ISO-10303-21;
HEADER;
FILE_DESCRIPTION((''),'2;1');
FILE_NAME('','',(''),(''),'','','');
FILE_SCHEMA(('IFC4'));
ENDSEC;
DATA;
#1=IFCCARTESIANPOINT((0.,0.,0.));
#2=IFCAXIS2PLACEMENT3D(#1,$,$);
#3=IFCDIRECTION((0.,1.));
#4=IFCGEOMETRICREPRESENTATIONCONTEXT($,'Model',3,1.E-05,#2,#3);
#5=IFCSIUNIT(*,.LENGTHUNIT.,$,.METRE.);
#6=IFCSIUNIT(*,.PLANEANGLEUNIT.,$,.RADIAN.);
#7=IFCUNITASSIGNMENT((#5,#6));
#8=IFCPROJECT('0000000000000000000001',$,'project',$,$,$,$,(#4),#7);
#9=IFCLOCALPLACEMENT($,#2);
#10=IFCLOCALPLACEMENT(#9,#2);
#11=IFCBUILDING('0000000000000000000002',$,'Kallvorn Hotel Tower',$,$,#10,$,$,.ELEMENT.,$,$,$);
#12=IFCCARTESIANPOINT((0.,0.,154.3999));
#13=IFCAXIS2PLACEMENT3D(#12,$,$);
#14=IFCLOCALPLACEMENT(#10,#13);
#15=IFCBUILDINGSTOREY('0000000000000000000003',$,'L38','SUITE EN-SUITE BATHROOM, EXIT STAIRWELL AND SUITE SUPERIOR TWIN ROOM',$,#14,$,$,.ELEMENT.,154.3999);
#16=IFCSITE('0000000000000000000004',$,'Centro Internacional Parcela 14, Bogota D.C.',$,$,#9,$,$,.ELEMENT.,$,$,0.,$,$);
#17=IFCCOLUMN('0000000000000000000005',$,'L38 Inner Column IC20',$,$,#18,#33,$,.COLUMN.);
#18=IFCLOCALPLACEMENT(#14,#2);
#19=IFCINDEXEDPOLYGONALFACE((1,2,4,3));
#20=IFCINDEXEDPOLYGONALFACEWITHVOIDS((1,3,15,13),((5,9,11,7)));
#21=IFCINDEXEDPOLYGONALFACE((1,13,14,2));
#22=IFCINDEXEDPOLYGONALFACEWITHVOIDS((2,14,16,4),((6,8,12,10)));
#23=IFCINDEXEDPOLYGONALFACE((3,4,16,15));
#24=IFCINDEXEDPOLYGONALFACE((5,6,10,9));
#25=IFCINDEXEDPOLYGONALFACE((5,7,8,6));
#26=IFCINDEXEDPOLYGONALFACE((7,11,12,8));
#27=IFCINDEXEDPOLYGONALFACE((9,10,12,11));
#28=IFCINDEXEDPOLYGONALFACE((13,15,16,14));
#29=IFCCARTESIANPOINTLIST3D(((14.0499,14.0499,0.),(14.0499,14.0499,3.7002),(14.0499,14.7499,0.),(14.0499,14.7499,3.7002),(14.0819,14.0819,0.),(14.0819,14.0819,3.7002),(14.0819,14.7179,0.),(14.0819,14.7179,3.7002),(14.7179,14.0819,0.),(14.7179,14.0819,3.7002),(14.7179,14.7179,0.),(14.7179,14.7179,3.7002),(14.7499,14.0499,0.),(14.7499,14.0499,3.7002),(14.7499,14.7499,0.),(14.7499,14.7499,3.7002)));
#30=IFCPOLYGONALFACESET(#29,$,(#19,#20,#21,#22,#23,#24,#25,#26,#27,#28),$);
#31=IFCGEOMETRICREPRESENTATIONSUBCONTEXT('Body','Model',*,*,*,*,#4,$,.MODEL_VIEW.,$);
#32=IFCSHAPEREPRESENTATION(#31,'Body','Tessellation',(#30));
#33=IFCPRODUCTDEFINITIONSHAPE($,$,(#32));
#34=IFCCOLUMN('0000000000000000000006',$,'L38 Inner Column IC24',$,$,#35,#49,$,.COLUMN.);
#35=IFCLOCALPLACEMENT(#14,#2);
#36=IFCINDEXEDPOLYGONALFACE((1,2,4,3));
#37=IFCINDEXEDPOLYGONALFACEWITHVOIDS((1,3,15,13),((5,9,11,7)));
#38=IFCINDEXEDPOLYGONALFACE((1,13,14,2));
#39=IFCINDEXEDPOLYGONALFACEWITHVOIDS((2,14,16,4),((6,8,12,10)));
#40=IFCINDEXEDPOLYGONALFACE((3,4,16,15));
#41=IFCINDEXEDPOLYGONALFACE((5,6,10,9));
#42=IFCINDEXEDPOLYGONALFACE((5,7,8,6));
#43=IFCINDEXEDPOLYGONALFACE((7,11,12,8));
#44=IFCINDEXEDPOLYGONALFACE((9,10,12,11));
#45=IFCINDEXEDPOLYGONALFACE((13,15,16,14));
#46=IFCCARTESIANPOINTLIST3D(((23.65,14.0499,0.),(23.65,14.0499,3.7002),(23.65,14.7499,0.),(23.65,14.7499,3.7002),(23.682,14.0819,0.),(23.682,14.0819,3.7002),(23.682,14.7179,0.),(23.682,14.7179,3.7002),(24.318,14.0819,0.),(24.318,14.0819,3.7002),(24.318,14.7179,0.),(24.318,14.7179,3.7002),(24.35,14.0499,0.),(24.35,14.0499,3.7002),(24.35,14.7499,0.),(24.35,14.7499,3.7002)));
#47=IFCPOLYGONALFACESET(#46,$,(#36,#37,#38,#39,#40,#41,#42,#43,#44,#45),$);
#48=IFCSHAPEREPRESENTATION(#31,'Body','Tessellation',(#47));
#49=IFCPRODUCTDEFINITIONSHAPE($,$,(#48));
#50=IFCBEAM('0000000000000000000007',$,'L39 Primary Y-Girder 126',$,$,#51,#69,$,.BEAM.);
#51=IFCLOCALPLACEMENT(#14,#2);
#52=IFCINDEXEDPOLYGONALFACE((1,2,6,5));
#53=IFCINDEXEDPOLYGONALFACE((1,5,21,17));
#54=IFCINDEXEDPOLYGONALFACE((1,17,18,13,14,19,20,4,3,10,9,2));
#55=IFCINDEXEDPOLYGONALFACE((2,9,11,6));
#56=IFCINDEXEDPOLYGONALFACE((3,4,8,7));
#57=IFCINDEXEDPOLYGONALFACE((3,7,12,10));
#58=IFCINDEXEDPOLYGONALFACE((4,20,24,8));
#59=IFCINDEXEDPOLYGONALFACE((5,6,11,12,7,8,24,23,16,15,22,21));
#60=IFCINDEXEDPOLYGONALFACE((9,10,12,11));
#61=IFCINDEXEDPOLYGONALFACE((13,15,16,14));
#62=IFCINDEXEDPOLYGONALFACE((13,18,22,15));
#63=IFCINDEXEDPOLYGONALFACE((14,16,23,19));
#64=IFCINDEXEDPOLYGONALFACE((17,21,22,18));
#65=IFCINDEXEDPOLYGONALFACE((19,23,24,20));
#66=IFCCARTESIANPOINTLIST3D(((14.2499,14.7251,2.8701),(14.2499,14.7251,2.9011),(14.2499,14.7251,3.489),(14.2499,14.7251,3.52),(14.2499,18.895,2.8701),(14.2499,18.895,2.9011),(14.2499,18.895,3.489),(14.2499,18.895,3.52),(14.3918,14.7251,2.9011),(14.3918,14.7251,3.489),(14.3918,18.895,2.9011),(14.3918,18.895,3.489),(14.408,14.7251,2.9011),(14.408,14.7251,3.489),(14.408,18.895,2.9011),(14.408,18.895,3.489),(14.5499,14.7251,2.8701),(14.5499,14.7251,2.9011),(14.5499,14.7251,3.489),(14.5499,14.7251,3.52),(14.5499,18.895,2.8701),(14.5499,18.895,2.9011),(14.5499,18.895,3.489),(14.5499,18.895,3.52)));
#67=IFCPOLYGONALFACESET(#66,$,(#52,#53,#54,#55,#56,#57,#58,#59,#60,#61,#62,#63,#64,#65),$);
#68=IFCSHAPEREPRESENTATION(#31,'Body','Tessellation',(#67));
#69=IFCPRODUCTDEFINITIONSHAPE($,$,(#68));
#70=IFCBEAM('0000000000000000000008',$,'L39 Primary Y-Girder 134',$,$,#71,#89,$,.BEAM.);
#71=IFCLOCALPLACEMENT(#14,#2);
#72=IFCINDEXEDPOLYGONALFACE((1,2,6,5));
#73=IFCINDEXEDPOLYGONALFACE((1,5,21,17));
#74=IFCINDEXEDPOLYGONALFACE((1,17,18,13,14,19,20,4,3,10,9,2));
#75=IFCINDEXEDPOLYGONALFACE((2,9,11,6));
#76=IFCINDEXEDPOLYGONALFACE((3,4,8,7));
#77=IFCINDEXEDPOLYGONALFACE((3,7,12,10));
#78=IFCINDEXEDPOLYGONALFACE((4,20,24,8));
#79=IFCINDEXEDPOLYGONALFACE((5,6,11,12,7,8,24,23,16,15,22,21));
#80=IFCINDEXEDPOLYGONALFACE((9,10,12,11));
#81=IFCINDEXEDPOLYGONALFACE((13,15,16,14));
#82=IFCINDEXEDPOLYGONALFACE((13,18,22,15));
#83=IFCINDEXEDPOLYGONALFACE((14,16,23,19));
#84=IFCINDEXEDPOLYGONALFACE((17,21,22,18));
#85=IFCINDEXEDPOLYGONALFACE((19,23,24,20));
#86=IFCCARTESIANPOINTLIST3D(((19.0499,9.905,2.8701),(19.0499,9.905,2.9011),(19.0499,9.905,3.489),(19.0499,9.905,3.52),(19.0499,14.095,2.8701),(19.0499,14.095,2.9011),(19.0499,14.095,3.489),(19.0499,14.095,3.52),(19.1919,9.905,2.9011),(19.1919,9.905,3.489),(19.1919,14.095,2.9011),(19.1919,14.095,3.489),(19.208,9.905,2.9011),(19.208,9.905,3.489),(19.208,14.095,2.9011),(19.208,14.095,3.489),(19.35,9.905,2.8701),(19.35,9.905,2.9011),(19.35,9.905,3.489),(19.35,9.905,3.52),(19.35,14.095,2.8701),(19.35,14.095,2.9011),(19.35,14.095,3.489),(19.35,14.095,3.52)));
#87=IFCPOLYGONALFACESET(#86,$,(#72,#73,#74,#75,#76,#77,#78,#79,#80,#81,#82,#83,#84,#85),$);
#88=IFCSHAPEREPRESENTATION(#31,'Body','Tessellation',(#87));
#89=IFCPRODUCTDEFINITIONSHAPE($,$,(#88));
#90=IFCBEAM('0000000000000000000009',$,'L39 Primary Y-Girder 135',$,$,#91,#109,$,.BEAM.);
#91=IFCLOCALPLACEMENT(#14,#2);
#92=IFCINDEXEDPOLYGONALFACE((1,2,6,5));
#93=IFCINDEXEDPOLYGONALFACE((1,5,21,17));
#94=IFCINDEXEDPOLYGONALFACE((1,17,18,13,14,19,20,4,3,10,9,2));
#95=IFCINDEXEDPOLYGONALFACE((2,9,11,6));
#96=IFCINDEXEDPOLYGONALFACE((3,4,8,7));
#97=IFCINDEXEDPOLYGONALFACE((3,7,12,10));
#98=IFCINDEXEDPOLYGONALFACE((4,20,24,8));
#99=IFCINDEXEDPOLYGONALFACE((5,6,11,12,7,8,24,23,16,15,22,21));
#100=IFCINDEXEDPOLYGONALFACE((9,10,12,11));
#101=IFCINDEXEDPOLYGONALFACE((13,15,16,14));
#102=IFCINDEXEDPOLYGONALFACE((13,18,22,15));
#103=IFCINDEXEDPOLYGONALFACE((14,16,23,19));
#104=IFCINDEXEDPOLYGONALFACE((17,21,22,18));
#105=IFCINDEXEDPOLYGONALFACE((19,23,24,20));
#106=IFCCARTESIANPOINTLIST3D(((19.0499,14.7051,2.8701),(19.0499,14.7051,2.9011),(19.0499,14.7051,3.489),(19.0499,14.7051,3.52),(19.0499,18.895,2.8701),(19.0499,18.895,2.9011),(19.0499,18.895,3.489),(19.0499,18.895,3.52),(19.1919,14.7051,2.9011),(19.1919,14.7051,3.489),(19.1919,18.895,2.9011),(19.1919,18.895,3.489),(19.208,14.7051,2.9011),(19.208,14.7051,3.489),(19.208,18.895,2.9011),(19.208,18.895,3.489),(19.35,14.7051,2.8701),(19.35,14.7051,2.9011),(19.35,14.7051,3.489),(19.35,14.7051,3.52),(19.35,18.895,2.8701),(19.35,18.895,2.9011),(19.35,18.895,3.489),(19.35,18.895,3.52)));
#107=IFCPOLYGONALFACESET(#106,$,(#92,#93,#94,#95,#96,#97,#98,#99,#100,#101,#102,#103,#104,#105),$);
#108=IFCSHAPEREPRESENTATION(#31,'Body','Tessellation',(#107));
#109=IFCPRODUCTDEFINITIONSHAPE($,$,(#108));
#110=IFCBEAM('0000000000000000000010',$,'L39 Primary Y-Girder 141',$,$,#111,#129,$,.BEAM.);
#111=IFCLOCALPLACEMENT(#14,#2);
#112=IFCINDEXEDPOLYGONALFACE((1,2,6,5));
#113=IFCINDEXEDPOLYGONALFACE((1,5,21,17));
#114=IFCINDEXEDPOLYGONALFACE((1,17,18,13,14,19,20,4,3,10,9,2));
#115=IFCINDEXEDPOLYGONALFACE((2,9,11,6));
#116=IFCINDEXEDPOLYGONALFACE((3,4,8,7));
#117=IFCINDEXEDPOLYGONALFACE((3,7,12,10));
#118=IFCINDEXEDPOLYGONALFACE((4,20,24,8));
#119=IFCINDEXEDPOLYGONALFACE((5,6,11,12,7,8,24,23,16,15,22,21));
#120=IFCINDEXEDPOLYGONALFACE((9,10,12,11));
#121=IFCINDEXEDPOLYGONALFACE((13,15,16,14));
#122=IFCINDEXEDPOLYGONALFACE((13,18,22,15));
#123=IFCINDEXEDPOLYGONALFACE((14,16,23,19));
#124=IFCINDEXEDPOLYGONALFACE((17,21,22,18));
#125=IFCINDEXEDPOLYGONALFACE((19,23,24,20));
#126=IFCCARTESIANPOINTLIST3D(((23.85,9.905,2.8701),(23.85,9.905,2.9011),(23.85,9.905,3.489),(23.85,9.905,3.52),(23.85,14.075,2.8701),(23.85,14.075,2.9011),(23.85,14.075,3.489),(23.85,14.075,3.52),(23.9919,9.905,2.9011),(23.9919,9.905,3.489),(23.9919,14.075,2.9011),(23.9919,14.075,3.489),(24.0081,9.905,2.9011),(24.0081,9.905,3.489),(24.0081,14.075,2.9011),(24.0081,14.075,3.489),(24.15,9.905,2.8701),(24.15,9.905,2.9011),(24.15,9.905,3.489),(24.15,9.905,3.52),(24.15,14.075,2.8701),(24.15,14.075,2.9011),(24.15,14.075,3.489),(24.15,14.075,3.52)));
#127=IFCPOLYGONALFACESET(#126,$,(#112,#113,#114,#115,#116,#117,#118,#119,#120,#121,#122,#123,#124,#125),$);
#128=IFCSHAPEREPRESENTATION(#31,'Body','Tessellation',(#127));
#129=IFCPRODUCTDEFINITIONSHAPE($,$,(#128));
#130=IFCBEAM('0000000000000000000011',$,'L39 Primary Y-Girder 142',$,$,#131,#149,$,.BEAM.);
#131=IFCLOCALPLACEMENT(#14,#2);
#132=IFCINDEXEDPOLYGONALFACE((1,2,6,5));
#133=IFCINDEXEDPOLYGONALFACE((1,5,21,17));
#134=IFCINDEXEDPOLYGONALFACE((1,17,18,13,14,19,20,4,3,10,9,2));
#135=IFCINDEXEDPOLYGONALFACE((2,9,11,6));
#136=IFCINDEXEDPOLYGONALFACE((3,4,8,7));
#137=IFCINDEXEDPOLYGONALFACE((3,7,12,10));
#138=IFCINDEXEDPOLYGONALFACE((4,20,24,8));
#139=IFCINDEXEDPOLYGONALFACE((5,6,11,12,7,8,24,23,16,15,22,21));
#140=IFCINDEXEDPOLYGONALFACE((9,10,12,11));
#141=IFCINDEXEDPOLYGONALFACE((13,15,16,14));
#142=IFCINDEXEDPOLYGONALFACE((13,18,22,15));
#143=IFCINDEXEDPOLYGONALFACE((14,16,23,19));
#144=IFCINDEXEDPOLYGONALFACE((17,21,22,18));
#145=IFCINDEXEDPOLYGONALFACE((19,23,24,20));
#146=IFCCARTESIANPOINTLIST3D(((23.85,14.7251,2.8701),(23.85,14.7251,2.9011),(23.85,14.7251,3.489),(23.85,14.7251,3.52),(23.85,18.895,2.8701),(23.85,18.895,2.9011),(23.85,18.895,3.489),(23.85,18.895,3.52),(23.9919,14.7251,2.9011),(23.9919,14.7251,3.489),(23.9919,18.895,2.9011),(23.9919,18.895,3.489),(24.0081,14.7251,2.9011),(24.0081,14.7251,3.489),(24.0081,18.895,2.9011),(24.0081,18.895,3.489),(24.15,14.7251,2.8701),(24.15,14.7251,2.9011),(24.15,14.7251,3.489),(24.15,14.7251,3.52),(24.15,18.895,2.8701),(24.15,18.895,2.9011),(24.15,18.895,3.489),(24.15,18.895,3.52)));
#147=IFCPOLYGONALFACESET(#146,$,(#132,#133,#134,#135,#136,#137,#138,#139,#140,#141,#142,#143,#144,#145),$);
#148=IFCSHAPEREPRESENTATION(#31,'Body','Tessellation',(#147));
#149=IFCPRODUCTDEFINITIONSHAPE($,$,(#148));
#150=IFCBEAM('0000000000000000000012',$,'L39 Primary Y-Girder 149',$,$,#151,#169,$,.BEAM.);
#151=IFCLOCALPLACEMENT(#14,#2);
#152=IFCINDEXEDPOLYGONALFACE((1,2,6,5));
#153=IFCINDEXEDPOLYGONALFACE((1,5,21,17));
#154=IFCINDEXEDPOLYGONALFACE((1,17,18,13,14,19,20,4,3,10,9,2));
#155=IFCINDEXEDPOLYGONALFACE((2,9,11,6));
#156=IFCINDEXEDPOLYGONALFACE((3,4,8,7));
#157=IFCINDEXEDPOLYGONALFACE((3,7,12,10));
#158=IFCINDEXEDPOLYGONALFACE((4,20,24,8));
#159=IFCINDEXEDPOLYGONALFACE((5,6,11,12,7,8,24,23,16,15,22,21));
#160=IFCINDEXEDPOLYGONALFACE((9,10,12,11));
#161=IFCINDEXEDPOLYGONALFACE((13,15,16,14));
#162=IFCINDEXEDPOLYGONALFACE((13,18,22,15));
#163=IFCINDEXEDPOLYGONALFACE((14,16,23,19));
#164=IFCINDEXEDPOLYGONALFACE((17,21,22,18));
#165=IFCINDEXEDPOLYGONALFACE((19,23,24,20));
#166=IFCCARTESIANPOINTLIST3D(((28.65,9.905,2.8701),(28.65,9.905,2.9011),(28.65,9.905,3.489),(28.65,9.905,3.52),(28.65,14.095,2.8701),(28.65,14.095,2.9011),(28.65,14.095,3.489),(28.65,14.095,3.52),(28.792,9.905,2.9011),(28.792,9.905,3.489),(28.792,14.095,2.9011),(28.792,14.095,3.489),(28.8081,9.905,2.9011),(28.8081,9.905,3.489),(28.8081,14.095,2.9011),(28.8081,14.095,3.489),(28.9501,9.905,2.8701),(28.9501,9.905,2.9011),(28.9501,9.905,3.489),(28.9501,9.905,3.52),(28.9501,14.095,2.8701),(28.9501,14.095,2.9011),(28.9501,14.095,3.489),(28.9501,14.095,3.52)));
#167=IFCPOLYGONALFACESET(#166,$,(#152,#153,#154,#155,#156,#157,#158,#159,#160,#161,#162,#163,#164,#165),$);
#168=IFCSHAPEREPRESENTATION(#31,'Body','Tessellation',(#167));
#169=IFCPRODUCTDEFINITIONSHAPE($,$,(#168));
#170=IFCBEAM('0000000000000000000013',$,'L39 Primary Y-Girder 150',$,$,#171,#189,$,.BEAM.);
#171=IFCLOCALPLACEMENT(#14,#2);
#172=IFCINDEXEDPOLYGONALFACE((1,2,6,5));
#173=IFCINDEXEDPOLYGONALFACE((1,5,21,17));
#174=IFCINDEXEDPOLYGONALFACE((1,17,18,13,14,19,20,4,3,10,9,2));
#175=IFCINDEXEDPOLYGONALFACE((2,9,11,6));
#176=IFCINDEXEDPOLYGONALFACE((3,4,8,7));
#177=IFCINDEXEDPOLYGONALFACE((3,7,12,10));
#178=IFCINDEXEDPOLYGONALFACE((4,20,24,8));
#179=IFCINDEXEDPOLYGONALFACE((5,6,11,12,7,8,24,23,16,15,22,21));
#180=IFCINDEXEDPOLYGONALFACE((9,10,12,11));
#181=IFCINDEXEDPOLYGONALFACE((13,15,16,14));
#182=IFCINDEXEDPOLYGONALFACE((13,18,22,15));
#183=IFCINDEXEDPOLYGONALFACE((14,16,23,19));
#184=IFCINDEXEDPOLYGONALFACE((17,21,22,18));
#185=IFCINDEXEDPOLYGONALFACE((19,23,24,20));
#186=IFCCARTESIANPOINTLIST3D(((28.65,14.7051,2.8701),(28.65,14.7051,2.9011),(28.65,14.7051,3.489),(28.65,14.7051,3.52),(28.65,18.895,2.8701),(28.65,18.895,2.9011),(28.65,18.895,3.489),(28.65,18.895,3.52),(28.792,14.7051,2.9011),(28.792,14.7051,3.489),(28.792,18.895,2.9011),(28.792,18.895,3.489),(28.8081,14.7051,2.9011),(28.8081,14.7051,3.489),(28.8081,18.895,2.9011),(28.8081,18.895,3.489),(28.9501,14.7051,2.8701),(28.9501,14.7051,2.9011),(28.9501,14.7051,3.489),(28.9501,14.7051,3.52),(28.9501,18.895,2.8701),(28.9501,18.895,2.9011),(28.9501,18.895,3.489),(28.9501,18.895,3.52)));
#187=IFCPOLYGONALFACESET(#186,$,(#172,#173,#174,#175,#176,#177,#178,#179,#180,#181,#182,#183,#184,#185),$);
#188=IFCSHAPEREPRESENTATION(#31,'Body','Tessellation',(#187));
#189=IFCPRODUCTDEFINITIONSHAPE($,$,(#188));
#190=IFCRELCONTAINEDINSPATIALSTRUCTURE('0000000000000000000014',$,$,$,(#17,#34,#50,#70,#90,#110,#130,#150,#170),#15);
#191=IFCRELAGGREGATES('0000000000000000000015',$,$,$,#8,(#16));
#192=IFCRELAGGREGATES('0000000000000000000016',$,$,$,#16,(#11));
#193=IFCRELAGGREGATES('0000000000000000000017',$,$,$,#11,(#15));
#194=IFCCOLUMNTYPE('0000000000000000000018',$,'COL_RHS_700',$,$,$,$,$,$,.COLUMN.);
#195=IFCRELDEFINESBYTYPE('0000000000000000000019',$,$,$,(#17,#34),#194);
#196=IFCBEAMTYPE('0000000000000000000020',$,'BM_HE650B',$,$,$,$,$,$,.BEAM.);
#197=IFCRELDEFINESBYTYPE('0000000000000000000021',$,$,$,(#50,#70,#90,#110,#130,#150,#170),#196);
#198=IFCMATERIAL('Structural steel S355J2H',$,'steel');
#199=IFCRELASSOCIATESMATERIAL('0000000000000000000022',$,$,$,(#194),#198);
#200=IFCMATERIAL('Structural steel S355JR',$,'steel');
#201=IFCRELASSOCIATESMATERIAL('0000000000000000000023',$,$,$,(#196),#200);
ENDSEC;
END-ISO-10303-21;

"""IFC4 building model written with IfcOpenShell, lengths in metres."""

from ifc_helpers import new_model, si_unit, direction, frame, origin, origin_2d, place, context, subcontext, project, spatial, hollow_rectangle, i_section, extrude, material, material_profile, profile_set, type_object, element, save


model = new_model("IFC4")

# Units and contexts
model_context = context("Model", 3, precision=1e-05, world=origin(), true_north=direction((0.0, 1.0)))
body_context = subcontext(model_context, "Body", "Model", "MODEL_VIEW")
ifc_project = project(units=[si_unit("LENGTHUNIT", "METRE"), si_unit("PLANEANGLEUNIT", "RADIAN")], contexts=[model_context])

# Site, building, storey
site_placement = place(None, origin())
site = spatial("IfcSite", under=ifc_project, at=site_placement, Name="Centro Internacional Parcela 14, Bogota D.C.", CompositionType="ELEMENT", RefElevation=0.0)
building_placement = place(site_placement, origin())
building = spatial("IfcBuilding", under=site, at=building_placement, Name="Kallvorn Hotel Tower", CompositionType="ELEMENT")
storey_placement = place(building_placement, frame((0.0, 0.0, 154.3999)))
storey = spatial("IfcBuildingStorey", under=building, at=storey_placement, Name="L38", Description="SUITE EN-SUITE BATHROOM, EXIT STAIRWELL AND SUITE SUPERIOR TWIN ROOM", CompositionType="ELEMENT", Elevation=154.3999)

# Columns
ifc_material_1 = material(Name="Structural steel S355J2H", Category="steel")
ifc_material_profile_1 = material_profile(ifc_material_1, hollow_rectangle(XDim=0.7, YDim=0.7, WallThickness=0.032, at=origin_2d()), Name="RHS 700x700x32")
ifc_profile_set_1 = profile_set([ifc_material_profile_1], Name="Structural steel S355J2H")
column_type_1 = type_object("IfcColumnType", Name="COL_RHS_700", PredefinedType="COLUMN", material=ifc_profile_set_1)
for number, where, z_axis, x_axis, name in (
    (1, (14.3999, 14.3999, 0.0), (0.0, 0.0, 1.0), (1.0, 0.0, 0.0), "L38 Inner Column IC20"),
    (2, (24.0, 14.3999, 0.0), (0.0, 0.0, 1.0), (1.0, 0.0, 0.0), "L38 Inner Column IC24"),
):
    element("IfcColumn", number, at=place(storey_placement, frame(where, z_axis=z_axis, x_axis=x_axis)), inside=storey, type_object=column_type_1, Name=name, PredefinedType="COLUMN", context=body_context, shape_type="SweptSolid", body=[
        extrude(hollow_rectangle(XDim=0.7, YDim=0.7, WallThickness=0.032, at=origin_2d()), origin(), (0.0, 0.0, 1.0), 3.7002),
    ])

# Beams
ifc_material_2 = material(Name="Structural steel S355JR", Category="steel")
ifc_material_profile_2 = material_profile(ifc_material_2, i_section(OverallWidth=0.3, OverallDepth=0.6499, WebThickness=0.0161, FlangeThickness=0.031, at=origin_2d()), Name="HE 650 B")
ifc_profile_set_2 = profile_set([ifc_material_profile_2], Name="Structural steel S355JR")
beam_type_1 = type_object("IfcBeamType", Name="BM_HE650B", PredefinedType="BEAM", material=ifc_profile_set_2)
beam_1_placement = place(storey_placement, frame((14.3999, 14.7251, 3.1951), z_axis=(0.0, 1.0, 0.0), x_axis=(-1.0, 0.0, 0.0)))
element("IfcBeam", 3, at=beam_1_placement, inside=storey, type_object=beam_type_1, Name="L39 Primary Y-Girder 126", PredefinedType="BEAM", context=body_context, shape_type="SweptSolid", body=[
    extrude(i_section(OverallWidth=0.3, OverallDepth=0.6499, WebThickness=0.0161, FlangeThickness=0.031, at=origin_2d()), origin(), (0.0, 0.0, 1.0), 4.1699),
])
for number, where, z_axis, x_axis, name in (
    (4, (19.2, 9.905, 3.1951), (0.0, 1.0, 0.0), (-1.0, 0.0, 0.0), "L39 Primary Y-Girder 134"),
    (5, (19.2, 14.7051, 3.1951), (0.0, 1.0, 0.0), (-1.0, 0.0, 0.0), "L39 Primary Y-Girder 135"),
):
    element("IfcBeam", number, at=place(storey_placement, frame(where, z_axis=z_axis, x_axis=x_axis)), inside=storey, type_object=beam_type_1, Name=name, PredefinedType="BEAM", context=body_context, shape_type="SweptSolid", body=[
        extrude(i_section(OverallWidth=0.3, OverallDepth=0.6499, WebThickness=0.0161, FlangeThickness=0.031, at=origin_2d()), origin(), (0.0, 0.0, 1.0), 4.1899),
    ])
for number, where, z_axis, x_axis, name in (
    (6, (24.0, 9.905, 3.1951), (0.0, 1.0, 0.0), (-1.0, 0.0, 0.0), "L39 Primary Y-Girder 141"),
    (7, (24.0, 14.7251, 3.1951), (0.0, 1.0, 0.0), (-1.0, 0.0, 0.0), "L39 Primary Y-Girder 142"),
):
    element("IfcBeam", number, at=place(storey_placement, frame(where, z_axis=z_axis, x_axis=x_axis)), inside=storey, type_object=beam_type_1, Name=name, PredefinedType="BEAM", context=body_context, shape_type="SweptSolid", body=[
        extrude(i_section(OverallWidth=0.3, OverallDepth=0.6499, WebThickness=0.0161, FlangeThickness=0.031, at=origin_2d()), origin(), (0.0, 0.0, 1.0), 4.1699),
    ])
for number, where, z_axis, x_axis, name in (
    (8, (28.8, 9.905, 3.1951), (0.0, 1.0, 0.0), (-1.0, 0.0, 0.0), "L39 Primary Y-Girder 149"),
    (9, (28.8, 14.7051, 3.1951), (0.0, 1.0, 0.0), (-1.0, 0.0, 0.0), "L39 Primary Y-Girder 150"),
):
    element("IfcBeam", number, at=place(storey_placement, frame(where, z_axis=z_axis, x_axis=x_axis)), inside=storey, type_object=beam_type_1, Name=name, PredefinedType="BEAM", context=body_context, shape_type="SweptSolid", body=[
        extrude(i_section(OverallWidth=0.3, OverallDepth=0.6499, WebThickness=0.0161, FlangeThickness=0.031, at=origin_2d()), origin(), (0.0, 0.0, 1.0), 4.1899),
    ])

save(model, "model.ifc")
